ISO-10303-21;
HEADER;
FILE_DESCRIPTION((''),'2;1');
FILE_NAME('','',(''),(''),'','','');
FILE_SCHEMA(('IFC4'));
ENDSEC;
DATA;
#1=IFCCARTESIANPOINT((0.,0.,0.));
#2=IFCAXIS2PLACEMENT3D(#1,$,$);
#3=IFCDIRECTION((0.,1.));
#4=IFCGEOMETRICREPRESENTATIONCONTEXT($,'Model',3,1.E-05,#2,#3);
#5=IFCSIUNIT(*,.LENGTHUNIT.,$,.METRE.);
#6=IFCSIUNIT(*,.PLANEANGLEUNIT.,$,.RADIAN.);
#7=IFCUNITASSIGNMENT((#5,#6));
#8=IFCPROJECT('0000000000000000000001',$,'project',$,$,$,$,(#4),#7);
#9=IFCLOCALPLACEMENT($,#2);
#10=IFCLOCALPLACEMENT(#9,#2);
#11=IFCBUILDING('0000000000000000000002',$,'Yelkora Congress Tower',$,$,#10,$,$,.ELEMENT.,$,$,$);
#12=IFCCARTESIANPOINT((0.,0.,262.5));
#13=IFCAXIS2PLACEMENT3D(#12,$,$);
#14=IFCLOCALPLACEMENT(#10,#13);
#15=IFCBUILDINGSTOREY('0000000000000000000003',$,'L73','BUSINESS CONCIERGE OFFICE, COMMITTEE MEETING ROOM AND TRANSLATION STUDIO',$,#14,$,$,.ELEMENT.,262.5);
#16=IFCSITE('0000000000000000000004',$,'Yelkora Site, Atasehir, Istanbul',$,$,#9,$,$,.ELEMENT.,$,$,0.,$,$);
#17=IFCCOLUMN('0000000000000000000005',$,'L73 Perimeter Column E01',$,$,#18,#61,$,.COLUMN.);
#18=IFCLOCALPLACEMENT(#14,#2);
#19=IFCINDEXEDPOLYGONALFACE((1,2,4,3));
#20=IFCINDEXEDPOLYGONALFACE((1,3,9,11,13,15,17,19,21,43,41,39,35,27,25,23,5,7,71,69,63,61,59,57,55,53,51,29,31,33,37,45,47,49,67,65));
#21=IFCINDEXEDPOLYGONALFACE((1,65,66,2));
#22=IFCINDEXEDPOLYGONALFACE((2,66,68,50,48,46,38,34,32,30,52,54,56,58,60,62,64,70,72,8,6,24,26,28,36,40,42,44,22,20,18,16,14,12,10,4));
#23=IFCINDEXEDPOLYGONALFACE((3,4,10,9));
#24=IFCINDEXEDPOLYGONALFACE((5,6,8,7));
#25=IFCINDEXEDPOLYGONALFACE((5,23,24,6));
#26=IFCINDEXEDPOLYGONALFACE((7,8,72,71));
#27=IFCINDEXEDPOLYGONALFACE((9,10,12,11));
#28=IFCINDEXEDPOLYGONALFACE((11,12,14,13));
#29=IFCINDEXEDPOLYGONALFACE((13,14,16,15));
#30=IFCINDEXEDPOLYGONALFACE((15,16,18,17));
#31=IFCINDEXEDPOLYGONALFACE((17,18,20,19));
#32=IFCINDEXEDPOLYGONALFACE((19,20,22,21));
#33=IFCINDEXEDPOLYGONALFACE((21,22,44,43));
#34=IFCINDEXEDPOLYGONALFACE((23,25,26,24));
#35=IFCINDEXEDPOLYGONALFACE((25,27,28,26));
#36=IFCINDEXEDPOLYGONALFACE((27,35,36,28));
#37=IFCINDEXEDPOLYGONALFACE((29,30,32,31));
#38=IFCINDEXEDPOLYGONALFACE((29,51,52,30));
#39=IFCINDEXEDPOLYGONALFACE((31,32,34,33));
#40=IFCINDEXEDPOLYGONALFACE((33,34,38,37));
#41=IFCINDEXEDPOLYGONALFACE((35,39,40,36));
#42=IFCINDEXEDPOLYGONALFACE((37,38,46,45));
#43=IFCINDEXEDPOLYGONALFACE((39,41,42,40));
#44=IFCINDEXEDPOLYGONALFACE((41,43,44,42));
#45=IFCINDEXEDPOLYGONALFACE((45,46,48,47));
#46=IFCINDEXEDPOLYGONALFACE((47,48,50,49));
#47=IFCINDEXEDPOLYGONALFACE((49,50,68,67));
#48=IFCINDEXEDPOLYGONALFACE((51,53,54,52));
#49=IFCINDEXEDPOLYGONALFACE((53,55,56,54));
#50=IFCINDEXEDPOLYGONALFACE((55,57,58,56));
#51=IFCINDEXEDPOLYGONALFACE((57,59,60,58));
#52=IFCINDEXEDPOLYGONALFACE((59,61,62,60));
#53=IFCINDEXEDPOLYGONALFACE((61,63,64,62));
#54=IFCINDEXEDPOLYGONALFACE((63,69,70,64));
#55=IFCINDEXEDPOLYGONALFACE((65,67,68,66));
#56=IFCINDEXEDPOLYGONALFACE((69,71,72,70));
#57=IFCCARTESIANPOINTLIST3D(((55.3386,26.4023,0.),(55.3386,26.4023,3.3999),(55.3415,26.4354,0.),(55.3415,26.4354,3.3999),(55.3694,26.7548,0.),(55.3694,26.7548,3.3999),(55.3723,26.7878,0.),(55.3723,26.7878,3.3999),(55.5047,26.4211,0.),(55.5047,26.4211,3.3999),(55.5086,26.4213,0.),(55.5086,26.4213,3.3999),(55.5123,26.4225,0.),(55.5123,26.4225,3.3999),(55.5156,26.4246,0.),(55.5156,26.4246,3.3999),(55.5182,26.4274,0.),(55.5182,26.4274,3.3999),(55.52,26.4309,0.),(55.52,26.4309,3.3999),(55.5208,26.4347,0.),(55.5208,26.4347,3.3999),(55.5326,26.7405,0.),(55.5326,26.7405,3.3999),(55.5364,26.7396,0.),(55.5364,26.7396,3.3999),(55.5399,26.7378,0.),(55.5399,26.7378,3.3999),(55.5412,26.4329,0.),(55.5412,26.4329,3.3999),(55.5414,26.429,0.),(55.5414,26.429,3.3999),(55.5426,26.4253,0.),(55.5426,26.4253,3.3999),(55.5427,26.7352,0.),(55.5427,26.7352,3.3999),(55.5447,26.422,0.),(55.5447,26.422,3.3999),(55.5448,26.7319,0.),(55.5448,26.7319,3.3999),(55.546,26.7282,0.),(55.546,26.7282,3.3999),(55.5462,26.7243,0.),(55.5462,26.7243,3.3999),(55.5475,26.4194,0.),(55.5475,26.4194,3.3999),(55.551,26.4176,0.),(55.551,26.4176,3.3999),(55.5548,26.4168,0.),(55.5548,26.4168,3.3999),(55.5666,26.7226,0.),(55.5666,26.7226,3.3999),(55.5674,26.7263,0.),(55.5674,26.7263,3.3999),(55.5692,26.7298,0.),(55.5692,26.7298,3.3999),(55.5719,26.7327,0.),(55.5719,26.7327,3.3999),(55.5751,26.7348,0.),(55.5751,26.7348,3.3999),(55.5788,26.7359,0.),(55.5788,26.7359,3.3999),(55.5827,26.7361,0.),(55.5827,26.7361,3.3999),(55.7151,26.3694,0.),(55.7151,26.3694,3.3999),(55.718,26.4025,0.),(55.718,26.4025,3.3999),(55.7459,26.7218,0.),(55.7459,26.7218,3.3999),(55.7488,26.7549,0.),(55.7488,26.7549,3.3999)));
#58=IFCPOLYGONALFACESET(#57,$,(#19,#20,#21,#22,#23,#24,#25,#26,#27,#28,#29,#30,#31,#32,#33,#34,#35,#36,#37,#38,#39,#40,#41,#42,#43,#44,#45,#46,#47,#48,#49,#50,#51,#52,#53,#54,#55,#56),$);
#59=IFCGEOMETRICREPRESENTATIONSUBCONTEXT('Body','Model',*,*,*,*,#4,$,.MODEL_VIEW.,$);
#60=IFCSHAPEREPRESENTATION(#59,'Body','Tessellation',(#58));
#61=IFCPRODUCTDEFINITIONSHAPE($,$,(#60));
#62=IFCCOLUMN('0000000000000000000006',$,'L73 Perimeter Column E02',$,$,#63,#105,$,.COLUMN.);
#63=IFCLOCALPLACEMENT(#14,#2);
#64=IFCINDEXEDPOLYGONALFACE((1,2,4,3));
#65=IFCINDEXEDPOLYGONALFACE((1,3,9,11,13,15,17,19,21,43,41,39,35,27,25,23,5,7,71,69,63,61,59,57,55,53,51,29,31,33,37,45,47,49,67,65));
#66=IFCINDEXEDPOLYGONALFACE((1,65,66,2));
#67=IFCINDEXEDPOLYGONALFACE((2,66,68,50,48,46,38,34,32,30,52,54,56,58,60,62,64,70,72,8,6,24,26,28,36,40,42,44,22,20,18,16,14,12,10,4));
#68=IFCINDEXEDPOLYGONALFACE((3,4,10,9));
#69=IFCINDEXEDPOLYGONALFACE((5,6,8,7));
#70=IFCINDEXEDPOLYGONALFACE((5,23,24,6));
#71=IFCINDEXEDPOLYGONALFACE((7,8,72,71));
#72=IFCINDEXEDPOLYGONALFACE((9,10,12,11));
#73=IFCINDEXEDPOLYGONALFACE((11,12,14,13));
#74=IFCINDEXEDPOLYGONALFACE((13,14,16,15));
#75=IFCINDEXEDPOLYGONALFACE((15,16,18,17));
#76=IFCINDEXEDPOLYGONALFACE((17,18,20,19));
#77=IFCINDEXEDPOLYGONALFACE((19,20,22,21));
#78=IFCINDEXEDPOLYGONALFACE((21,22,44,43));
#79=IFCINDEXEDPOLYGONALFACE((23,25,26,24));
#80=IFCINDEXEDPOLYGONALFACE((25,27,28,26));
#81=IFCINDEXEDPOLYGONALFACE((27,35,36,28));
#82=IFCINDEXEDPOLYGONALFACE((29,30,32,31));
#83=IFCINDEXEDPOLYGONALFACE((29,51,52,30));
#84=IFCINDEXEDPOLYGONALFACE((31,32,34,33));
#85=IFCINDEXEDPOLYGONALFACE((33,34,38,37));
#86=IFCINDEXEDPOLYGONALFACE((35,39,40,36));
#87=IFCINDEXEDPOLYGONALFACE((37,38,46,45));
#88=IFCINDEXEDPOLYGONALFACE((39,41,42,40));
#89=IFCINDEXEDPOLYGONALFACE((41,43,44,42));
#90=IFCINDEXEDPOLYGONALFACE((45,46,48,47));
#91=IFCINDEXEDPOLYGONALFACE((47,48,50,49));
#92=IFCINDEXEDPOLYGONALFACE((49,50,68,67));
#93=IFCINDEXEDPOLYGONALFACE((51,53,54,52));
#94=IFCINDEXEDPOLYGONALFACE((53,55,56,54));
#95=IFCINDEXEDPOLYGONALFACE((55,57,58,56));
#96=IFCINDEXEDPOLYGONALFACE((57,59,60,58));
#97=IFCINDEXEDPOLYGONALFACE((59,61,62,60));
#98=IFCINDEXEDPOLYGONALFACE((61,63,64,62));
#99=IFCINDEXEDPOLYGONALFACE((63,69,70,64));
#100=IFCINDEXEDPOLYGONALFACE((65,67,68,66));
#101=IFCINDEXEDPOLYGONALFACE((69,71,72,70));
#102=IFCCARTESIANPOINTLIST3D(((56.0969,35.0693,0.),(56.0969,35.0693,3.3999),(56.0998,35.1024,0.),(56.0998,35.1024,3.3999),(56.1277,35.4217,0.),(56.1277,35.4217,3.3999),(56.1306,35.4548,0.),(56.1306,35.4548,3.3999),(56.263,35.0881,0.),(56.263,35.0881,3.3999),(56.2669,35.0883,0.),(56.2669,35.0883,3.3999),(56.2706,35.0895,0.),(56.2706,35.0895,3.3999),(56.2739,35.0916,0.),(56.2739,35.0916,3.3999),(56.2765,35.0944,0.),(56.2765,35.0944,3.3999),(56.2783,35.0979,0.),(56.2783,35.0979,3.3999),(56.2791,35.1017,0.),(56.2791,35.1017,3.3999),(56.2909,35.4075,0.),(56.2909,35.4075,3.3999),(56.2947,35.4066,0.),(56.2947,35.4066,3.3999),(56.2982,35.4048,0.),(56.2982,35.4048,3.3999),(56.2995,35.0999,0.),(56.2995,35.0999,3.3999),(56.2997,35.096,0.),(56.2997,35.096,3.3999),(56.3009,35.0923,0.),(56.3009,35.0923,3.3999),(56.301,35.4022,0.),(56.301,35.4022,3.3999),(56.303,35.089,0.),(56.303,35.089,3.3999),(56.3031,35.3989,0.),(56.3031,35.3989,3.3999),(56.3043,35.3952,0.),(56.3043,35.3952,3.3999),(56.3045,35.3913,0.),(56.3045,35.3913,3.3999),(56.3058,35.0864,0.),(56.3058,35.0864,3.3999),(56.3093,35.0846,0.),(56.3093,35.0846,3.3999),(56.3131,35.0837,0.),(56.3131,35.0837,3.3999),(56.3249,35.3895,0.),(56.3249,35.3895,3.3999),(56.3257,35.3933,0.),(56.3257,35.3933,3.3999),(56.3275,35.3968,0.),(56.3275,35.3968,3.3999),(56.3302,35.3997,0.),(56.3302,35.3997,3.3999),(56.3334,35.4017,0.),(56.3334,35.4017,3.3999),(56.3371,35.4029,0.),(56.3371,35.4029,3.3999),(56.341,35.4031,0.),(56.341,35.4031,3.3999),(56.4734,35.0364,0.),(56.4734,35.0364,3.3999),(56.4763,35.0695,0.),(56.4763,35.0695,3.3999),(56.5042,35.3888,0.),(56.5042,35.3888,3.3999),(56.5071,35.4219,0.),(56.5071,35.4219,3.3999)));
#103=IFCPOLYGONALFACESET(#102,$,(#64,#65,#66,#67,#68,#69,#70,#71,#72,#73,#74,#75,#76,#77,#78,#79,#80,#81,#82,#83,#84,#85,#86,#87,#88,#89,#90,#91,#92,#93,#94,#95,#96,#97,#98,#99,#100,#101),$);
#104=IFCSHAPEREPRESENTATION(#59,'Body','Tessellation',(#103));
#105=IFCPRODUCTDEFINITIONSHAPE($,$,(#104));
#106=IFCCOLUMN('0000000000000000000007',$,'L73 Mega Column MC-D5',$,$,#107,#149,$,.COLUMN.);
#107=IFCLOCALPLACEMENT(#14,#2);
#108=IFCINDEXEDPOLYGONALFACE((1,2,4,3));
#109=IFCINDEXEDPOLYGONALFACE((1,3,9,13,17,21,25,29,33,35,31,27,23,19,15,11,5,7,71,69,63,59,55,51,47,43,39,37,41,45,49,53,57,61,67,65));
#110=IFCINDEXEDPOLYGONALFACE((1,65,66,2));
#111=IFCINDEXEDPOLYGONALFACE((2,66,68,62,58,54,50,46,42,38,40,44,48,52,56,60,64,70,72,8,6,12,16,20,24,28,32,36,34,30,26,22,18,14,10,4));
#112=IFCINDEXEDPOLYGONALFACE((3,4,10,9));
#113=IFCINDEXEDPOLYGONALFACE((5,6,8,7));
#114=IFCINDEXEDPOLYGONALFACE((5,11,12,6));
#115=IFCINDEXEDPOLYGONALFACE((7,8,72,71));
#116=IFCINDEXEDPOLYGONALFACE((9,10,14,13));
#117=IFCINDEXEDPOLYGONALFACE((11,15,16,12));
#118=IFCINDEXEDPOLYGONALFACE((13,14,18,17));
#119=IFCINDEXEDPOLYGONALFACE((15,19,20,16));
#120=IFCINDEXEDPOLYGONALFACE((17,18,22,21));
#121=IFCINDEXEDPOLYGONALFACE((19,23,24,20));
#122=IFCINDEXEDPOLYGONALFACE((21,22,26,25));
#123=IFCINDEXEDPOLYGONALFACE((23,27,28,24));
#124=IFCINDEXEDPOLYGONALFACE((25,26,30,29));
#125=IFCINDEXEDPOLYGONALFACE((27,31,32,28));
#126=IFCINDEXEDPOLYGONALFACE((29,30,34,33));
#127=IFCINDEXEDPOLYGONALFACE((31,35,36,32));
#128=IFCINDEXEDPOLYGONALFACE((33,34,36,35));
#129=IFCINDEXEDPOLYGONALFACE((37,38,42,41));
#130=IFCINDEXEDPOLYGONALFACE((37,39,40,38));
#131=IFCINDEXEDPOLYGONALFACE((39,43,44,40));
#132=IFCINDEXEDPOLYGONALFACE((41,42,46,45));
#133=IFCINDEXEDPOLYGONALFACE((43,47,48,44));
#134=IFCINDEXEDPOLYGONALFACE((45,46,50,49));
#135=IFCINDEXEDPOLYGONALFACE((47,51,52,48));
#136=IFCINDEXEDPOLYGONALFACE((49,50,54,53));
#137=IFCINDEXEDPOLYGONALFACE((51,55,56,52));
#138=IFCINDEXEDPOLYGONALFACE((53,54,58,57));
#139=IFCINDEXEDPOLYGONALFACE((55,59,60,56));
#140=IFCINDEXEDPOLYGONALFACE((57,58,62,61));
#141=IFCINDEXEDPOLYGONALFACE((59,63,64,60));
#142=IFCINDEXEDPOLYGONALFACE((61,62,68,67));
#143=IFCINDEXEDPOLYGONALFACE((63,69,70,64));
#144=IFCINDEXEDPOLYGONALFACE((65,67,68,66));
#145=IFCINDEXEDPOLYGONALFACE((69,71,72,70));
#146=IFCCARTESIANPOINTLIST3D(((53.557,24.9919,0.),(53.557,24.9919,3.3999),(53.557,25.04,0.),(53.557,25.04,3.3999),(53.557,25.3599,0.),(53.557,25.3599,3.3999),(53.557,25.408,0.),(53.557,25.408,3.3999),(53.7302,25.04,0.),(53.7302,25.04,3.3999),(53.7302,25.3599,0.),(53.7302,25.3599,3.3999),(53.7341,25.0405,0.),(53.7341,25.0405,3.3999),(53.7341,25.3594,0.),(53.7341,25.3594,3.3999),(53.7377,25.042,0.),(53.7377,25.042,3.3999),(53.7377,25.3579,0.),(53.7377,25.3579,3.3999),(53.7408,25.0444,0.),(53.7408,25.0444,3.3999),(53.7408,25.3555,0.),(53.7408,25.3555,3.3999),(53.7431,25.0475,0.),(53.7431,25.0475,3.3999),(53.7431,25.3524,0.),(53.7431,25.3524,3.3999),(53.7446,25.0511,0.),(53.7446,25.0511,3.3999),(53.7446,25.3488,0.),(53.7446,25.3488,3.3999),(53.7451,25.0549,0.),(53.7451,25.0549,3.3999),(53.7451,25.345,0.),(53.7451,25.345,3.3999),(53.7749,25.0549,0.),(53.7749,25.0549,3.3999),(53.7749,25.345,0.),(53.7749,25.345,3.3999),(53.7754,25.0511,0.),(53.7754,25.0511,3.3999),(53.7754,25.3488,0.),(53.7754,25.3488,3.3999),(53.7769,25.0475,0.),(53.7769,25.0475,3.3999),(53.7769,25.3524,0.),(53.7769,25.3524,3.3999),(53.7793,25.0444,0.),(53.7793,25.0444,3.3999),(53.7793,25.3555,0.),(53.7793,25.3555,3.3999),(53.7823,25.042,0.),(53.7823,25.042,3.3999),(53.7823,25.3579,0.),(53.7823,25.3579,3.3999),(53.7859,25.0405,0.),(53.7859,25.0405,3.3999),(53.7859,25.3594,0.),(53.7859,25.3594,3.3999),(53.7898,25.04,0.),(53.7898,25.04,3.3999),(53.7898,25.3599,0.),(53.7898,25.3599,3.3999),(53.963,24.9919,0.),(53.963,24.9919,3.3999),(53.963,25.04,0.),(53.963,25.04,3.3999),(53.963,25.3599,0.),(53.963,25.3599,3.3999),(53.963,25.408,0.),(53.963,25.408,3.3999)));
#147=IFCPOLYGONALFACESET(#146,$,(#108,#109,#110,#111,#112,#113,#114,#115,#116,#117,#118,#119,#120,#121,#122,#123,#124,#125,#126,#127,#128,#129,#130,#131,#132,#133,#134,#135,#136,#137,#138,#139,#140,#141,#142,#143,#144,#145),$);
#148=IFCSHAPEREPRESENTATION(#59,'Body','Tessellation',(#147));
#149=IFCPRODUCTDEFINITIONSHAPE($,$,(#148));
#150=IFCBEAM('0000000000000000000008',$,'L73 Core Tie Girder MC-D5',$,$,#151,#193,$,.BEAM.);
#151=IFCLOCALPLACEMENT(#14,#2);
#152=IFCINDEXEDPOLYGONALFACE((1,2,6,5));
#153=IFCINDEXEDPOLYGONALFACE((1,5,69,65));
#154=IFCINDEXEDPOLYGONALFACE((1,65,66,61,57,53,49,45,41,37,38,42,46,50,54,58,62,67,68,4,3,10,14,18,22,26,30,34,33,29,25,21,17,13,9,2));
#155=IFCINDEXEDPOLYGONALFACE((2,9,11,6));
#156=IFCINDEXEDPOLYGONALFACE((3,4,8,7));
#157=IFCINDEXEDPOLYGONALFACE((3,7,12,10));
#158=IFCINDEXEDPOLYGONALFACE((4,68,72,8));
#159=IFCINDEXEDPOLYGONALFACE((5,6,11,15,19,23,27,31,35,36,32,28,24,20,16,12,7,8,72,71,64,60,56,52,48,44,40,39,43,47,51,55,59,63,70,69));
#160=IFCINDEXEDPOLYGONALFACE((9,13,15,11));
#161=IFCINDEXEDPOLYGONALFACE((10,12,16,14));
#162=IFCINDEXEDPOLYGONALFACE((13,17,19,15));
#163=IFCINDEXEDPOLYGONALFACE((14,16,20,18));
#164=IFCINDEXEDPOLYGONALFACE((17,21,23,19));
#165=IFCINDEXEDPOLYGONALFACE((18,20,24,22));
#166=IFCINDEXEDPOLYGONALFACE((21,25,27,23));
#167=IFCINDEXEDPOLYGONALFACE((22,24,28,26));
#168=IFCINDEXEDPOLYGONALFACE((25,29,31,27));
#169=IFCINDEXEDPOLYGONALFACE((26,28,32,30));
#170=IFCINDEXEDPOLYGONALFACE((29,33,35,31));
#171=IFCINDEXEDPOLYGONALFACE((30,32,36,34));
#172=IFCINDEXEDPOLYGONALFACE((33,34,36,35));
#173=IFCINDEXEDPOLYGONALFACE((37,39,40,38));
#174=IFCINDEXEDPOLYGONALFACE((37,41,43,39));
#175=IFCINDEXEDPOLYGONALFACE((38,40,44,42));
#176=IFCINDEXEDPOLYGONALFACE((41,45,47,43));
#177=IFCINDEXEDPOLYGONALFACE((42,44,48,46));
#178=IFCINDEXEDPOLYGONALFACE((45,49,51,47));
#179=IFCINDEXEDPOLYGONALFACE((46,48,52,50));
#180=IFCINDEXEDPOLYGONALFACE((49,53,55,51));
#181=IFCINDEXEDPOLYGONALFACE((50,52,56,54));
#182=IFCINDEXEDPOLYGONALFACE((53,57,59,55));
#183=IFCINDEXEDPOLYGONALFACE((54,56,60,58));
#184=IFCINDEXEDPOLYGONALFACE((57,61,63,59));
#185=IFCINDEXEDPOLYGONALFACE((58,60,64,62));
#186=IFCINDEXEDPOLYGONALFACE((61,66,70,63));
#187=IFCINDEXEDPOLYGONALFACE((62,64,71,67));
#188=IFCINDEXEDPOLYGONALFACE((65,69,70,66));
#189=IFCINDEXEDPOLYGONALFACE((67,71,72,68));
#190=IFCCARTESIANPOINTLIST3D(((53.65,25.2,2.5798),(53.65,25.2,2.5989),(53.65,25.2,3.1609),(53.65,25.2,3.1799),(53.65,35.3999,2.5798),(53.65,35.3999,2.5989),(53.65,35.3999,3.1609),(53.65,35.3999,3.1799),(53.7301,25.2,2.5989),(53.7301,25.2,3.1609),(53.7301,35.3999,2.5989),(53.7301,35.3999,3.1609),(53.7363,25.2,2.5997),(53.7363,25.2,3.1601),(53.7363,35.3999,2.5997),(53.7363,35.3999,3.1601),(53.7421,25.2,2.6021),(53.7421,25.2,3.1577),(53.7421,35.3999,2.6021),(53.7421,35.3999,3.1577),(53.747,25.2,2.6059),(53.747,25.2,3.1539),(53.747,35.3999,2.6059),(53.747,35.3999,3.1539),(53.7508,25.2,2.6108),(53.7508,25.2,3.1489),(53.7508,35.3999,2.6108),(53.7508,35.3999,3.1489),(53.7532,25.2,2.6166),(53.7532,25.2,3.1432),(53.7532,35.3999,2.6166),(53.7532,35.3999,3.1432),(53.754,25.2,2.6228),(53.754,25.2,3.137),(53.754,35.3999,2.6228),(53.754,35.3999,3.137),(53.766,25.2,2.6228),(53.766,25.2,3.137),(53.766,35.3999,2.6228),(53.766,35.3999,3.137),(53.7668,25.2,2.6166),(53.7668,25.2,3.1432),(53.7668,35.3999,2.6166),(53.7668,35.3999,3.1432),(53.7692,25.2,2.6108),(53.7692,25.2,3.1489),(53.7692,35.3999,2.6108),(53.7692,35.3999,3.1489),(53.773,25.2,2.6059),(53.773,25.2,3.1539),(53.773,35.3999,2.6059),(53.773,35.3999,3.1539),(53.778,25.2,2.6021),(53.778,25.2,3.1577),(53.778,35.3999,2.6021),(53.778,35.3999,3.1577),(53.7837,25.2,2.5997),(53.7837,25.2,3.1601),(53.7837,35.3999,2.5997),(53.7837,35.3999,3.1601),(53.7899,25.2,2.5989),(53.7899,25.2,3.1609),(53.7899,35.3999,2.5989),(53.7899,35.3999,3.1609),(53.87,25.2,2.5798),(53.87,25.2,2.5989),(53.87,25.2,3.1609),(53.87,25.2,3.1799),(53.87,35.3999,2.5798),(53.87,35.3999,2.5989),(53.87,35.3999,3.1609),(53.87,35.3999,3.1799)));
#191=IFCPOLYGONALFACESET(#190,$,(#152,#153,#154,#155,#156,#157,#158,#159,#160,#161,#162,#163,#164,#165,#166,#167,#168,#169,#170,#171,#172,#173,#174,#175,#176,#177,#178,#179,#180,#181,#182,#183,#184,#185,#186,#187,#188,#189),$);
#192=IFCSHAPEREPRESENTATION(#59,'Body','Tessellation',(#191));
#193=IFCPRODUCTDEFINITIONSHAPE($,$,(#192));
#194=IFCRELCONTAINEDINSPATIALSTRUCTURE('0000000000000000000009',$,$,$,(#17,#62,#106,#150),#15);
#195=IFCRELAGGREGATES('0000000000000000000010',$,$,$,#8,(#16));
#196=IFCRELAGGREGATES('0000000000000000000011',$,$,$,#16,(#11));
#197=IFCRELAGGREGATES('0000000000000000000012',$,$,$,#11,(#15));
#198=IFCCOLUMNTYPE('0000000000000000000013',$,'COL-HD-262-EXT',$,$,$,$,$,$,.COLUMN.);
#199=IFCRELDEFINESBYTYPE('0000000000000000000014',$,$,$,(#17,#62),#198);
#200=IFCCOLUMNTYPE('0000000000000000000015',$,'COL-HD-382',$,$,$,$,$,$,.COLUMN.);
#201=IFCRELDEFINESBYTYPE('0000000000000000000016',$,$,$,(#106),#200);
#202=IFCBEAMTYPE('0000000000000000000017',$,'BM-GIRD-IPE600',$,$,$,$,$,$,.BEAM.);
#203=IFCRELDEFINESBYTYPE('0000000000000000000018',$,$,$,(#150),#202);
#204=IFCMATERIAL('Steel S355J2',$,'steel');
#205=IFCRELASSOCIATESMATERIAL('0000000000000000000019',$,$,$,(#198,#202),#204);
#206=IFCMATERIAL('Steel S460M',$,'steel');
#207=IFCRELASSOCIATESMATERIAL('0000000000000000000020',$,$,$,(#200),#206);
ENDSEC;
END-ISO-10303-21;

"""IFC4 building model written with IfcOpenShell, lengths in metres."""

from ifc_helpers import new_model, si_unit, direction, frame, origin, origin_2d, place, context, subcontext, project, spatial, i_section, extrude, material, material_profile, profile_set, type_object, element, save


model = new_model("IFC4")

# Units and contexts
model_context = context("Model", 3, precision=1e-05, world=origin(), true_north=direction((0.0, 1.0)))
body_context = subcontext(model_context, "Body", "Model", "MODEL_VIEW")
ifc_project = project(units=[si_unit("LENGTHUNIT", "METRE"), si_unit("PLANEANGLEUNIT", "RADIAN")], contexts=[model_context])

# Site, building, storey
site_placement = place(None, origin())
site = spatial("IfcSite", under=ifc_project, at=site_placement, Name="Yelkora Site, Atasehir, Istanbul", CompositionType="ELEMENT", RefElevation=0.0)
building_placement = place(site_placement, origin())
building = spatial("IfcBuilding", under=site, at=building_placement, Name="Yelkora Congress Tower", CompositionType="ELEMENT")
storey_placement = place(building_placement, frame((0.0, 0.0, 262.5)))
storey = spatial("IfcBuildingStorey", under=building, at=storey_placement, Name="L73", Description="BUSINESS CONCIERGE OFFICE, COMMITTEE MEETING ROOM AND TRANSLATION STUDIO", CompositionType="ELEMENT", Elevation=262.5)

# Columns
ifc_material_1 = material(Name="Steel S355J2", Category="steel")
ifc_material_profile_1 = material_profile(ifc_material_1, i_section(OverallWidth=0.3779, OverallDepth=0.387, WebThickness=0.0205, FlangeThickness=0.0332, FilletRadius=0.0149, at=origin_2d()), Name="HD 360x262")
ifc_profile_set_1 = profile_set([ifc_material_profile_1], Name="Steel S355J2")
column_type_1 = type_object("IfcColumnType", Name="COL-HD-262-EXT", PredefinedType="COLUMN", material=ifc_profile_set_1)
for number, where, z_axis, x_axis, name in (
    (1, (55.5437, 26.5786, 0.0), (0.0, 0.0, 1.0), (0.996195, -0.087156, 0.0), "L73 Perimeter Column E01"),
    (2, (56.302, 35.2456, 0.0), (0.0, 0.0, 1.0), (0.996195, -0.087156, 0.0), "L73 Perimeter Column E02"),
):
    element("IfcColumn", number, at=place(storey_placement, frame(where, z_axis=z_axis, x_axis=x_axis)), inside=storey, type_object=column_type_1, Name=name, PredefinedType="COLUMN", context=body_context, shape_type="SweptSolid", body=[
        extrude(i_section(OverallWidth=0.3779, OverallDepth=0.387, WebThickness=0.0205, FlangeThickness=0.0332, FilletRadius=0.0149, at=origin_2d()), origin(), (0.0, 0.0, 1.0), 3.3999),
    ])
ifc_material_2 = material(Name="Steel S460M", Category="steel")
ifc_material_profile_2 = material_profile(ifc_material_2, i_section(OverallWidth=0.406, OverallDepth=0.416, WebThickness=0.0298, FlangeThickness=0.0481, FilletRadius=0.0149, at=origin_2d()), Name="HD 400x382")
ifc_profile_set_2 = profile_set([ifc_material_profile_2], Name="Steel S460M")
column_type_2 = type_object("IfcColumnType", Name="COL-HD-382", PredefinedType="COLUMN", material=ifc_profile_set_2)
column_placement = place(storey_placement, frame((53.76, 25.2, 0.0), z_axis=(0.0, 0.0, 1.0), x_axis=(1.0, 0.0, 0.0)))
element("IfcColumn", 3, at=column_placement, inside=storey, type_object=column_type_2, Name="L73 Mega Column MC-D5", PredefinedType="COLUMN", context=body_context, shape_type="SweptSolid", body=[
    extrude(i_section(OverallWidth=0.406, OverallDepth=0.416, WebThickness=0.0298, FlangeThickness=0.0481, FilletRadius=0.0149, at=origin_2d()), origin(), (0.0, 0.0, 1.0), 3.3999),
])

# Beam
ifc_material_profile_3 = material_profile(ifc_material_1, i_section(OverallWidth=0.22, OverallDepth=0.6001, WebThickness=0.012, FlangeThickness=0.019, FilletRadius=0.0239, at=origin_2d()), Name="IPE 600")
ifc_profile_set_3 = profile_set([ifc_material_profile_3], Name="Steel S355J2")
beam_type_1 = type_object("IfcBeamType", Name="BM-GIRD-IPE600", PredefinedType="BEAM", material=ifc_profile_set_3)
beam_1_placement = place(storey_placement, frame((53.76, 25.2, 2.8799), z_axis=(0.0, 1.0, 0.0), x_axis=(-1.0, 0.0, 0.0)))
element("IfcBeam", 4, at=beam_1_placement, inside=storey, type_object=beam_type_1, Name="L73 Core Tie Girder MC-D5", PredefinedType="BEAM", context=body_context, shape_type="SweptSolid", body=[
    extrude(i_section(OverallWidth=0.22, OverallDepth=0.6001, WebThickness=0.012, FlangeThickness=0.019, FilletRadius=0.0239, at=origin_2d()), origin(), (0.0, 0.0, 1.0), 10.2),
])

save(model, "model.ifc")
